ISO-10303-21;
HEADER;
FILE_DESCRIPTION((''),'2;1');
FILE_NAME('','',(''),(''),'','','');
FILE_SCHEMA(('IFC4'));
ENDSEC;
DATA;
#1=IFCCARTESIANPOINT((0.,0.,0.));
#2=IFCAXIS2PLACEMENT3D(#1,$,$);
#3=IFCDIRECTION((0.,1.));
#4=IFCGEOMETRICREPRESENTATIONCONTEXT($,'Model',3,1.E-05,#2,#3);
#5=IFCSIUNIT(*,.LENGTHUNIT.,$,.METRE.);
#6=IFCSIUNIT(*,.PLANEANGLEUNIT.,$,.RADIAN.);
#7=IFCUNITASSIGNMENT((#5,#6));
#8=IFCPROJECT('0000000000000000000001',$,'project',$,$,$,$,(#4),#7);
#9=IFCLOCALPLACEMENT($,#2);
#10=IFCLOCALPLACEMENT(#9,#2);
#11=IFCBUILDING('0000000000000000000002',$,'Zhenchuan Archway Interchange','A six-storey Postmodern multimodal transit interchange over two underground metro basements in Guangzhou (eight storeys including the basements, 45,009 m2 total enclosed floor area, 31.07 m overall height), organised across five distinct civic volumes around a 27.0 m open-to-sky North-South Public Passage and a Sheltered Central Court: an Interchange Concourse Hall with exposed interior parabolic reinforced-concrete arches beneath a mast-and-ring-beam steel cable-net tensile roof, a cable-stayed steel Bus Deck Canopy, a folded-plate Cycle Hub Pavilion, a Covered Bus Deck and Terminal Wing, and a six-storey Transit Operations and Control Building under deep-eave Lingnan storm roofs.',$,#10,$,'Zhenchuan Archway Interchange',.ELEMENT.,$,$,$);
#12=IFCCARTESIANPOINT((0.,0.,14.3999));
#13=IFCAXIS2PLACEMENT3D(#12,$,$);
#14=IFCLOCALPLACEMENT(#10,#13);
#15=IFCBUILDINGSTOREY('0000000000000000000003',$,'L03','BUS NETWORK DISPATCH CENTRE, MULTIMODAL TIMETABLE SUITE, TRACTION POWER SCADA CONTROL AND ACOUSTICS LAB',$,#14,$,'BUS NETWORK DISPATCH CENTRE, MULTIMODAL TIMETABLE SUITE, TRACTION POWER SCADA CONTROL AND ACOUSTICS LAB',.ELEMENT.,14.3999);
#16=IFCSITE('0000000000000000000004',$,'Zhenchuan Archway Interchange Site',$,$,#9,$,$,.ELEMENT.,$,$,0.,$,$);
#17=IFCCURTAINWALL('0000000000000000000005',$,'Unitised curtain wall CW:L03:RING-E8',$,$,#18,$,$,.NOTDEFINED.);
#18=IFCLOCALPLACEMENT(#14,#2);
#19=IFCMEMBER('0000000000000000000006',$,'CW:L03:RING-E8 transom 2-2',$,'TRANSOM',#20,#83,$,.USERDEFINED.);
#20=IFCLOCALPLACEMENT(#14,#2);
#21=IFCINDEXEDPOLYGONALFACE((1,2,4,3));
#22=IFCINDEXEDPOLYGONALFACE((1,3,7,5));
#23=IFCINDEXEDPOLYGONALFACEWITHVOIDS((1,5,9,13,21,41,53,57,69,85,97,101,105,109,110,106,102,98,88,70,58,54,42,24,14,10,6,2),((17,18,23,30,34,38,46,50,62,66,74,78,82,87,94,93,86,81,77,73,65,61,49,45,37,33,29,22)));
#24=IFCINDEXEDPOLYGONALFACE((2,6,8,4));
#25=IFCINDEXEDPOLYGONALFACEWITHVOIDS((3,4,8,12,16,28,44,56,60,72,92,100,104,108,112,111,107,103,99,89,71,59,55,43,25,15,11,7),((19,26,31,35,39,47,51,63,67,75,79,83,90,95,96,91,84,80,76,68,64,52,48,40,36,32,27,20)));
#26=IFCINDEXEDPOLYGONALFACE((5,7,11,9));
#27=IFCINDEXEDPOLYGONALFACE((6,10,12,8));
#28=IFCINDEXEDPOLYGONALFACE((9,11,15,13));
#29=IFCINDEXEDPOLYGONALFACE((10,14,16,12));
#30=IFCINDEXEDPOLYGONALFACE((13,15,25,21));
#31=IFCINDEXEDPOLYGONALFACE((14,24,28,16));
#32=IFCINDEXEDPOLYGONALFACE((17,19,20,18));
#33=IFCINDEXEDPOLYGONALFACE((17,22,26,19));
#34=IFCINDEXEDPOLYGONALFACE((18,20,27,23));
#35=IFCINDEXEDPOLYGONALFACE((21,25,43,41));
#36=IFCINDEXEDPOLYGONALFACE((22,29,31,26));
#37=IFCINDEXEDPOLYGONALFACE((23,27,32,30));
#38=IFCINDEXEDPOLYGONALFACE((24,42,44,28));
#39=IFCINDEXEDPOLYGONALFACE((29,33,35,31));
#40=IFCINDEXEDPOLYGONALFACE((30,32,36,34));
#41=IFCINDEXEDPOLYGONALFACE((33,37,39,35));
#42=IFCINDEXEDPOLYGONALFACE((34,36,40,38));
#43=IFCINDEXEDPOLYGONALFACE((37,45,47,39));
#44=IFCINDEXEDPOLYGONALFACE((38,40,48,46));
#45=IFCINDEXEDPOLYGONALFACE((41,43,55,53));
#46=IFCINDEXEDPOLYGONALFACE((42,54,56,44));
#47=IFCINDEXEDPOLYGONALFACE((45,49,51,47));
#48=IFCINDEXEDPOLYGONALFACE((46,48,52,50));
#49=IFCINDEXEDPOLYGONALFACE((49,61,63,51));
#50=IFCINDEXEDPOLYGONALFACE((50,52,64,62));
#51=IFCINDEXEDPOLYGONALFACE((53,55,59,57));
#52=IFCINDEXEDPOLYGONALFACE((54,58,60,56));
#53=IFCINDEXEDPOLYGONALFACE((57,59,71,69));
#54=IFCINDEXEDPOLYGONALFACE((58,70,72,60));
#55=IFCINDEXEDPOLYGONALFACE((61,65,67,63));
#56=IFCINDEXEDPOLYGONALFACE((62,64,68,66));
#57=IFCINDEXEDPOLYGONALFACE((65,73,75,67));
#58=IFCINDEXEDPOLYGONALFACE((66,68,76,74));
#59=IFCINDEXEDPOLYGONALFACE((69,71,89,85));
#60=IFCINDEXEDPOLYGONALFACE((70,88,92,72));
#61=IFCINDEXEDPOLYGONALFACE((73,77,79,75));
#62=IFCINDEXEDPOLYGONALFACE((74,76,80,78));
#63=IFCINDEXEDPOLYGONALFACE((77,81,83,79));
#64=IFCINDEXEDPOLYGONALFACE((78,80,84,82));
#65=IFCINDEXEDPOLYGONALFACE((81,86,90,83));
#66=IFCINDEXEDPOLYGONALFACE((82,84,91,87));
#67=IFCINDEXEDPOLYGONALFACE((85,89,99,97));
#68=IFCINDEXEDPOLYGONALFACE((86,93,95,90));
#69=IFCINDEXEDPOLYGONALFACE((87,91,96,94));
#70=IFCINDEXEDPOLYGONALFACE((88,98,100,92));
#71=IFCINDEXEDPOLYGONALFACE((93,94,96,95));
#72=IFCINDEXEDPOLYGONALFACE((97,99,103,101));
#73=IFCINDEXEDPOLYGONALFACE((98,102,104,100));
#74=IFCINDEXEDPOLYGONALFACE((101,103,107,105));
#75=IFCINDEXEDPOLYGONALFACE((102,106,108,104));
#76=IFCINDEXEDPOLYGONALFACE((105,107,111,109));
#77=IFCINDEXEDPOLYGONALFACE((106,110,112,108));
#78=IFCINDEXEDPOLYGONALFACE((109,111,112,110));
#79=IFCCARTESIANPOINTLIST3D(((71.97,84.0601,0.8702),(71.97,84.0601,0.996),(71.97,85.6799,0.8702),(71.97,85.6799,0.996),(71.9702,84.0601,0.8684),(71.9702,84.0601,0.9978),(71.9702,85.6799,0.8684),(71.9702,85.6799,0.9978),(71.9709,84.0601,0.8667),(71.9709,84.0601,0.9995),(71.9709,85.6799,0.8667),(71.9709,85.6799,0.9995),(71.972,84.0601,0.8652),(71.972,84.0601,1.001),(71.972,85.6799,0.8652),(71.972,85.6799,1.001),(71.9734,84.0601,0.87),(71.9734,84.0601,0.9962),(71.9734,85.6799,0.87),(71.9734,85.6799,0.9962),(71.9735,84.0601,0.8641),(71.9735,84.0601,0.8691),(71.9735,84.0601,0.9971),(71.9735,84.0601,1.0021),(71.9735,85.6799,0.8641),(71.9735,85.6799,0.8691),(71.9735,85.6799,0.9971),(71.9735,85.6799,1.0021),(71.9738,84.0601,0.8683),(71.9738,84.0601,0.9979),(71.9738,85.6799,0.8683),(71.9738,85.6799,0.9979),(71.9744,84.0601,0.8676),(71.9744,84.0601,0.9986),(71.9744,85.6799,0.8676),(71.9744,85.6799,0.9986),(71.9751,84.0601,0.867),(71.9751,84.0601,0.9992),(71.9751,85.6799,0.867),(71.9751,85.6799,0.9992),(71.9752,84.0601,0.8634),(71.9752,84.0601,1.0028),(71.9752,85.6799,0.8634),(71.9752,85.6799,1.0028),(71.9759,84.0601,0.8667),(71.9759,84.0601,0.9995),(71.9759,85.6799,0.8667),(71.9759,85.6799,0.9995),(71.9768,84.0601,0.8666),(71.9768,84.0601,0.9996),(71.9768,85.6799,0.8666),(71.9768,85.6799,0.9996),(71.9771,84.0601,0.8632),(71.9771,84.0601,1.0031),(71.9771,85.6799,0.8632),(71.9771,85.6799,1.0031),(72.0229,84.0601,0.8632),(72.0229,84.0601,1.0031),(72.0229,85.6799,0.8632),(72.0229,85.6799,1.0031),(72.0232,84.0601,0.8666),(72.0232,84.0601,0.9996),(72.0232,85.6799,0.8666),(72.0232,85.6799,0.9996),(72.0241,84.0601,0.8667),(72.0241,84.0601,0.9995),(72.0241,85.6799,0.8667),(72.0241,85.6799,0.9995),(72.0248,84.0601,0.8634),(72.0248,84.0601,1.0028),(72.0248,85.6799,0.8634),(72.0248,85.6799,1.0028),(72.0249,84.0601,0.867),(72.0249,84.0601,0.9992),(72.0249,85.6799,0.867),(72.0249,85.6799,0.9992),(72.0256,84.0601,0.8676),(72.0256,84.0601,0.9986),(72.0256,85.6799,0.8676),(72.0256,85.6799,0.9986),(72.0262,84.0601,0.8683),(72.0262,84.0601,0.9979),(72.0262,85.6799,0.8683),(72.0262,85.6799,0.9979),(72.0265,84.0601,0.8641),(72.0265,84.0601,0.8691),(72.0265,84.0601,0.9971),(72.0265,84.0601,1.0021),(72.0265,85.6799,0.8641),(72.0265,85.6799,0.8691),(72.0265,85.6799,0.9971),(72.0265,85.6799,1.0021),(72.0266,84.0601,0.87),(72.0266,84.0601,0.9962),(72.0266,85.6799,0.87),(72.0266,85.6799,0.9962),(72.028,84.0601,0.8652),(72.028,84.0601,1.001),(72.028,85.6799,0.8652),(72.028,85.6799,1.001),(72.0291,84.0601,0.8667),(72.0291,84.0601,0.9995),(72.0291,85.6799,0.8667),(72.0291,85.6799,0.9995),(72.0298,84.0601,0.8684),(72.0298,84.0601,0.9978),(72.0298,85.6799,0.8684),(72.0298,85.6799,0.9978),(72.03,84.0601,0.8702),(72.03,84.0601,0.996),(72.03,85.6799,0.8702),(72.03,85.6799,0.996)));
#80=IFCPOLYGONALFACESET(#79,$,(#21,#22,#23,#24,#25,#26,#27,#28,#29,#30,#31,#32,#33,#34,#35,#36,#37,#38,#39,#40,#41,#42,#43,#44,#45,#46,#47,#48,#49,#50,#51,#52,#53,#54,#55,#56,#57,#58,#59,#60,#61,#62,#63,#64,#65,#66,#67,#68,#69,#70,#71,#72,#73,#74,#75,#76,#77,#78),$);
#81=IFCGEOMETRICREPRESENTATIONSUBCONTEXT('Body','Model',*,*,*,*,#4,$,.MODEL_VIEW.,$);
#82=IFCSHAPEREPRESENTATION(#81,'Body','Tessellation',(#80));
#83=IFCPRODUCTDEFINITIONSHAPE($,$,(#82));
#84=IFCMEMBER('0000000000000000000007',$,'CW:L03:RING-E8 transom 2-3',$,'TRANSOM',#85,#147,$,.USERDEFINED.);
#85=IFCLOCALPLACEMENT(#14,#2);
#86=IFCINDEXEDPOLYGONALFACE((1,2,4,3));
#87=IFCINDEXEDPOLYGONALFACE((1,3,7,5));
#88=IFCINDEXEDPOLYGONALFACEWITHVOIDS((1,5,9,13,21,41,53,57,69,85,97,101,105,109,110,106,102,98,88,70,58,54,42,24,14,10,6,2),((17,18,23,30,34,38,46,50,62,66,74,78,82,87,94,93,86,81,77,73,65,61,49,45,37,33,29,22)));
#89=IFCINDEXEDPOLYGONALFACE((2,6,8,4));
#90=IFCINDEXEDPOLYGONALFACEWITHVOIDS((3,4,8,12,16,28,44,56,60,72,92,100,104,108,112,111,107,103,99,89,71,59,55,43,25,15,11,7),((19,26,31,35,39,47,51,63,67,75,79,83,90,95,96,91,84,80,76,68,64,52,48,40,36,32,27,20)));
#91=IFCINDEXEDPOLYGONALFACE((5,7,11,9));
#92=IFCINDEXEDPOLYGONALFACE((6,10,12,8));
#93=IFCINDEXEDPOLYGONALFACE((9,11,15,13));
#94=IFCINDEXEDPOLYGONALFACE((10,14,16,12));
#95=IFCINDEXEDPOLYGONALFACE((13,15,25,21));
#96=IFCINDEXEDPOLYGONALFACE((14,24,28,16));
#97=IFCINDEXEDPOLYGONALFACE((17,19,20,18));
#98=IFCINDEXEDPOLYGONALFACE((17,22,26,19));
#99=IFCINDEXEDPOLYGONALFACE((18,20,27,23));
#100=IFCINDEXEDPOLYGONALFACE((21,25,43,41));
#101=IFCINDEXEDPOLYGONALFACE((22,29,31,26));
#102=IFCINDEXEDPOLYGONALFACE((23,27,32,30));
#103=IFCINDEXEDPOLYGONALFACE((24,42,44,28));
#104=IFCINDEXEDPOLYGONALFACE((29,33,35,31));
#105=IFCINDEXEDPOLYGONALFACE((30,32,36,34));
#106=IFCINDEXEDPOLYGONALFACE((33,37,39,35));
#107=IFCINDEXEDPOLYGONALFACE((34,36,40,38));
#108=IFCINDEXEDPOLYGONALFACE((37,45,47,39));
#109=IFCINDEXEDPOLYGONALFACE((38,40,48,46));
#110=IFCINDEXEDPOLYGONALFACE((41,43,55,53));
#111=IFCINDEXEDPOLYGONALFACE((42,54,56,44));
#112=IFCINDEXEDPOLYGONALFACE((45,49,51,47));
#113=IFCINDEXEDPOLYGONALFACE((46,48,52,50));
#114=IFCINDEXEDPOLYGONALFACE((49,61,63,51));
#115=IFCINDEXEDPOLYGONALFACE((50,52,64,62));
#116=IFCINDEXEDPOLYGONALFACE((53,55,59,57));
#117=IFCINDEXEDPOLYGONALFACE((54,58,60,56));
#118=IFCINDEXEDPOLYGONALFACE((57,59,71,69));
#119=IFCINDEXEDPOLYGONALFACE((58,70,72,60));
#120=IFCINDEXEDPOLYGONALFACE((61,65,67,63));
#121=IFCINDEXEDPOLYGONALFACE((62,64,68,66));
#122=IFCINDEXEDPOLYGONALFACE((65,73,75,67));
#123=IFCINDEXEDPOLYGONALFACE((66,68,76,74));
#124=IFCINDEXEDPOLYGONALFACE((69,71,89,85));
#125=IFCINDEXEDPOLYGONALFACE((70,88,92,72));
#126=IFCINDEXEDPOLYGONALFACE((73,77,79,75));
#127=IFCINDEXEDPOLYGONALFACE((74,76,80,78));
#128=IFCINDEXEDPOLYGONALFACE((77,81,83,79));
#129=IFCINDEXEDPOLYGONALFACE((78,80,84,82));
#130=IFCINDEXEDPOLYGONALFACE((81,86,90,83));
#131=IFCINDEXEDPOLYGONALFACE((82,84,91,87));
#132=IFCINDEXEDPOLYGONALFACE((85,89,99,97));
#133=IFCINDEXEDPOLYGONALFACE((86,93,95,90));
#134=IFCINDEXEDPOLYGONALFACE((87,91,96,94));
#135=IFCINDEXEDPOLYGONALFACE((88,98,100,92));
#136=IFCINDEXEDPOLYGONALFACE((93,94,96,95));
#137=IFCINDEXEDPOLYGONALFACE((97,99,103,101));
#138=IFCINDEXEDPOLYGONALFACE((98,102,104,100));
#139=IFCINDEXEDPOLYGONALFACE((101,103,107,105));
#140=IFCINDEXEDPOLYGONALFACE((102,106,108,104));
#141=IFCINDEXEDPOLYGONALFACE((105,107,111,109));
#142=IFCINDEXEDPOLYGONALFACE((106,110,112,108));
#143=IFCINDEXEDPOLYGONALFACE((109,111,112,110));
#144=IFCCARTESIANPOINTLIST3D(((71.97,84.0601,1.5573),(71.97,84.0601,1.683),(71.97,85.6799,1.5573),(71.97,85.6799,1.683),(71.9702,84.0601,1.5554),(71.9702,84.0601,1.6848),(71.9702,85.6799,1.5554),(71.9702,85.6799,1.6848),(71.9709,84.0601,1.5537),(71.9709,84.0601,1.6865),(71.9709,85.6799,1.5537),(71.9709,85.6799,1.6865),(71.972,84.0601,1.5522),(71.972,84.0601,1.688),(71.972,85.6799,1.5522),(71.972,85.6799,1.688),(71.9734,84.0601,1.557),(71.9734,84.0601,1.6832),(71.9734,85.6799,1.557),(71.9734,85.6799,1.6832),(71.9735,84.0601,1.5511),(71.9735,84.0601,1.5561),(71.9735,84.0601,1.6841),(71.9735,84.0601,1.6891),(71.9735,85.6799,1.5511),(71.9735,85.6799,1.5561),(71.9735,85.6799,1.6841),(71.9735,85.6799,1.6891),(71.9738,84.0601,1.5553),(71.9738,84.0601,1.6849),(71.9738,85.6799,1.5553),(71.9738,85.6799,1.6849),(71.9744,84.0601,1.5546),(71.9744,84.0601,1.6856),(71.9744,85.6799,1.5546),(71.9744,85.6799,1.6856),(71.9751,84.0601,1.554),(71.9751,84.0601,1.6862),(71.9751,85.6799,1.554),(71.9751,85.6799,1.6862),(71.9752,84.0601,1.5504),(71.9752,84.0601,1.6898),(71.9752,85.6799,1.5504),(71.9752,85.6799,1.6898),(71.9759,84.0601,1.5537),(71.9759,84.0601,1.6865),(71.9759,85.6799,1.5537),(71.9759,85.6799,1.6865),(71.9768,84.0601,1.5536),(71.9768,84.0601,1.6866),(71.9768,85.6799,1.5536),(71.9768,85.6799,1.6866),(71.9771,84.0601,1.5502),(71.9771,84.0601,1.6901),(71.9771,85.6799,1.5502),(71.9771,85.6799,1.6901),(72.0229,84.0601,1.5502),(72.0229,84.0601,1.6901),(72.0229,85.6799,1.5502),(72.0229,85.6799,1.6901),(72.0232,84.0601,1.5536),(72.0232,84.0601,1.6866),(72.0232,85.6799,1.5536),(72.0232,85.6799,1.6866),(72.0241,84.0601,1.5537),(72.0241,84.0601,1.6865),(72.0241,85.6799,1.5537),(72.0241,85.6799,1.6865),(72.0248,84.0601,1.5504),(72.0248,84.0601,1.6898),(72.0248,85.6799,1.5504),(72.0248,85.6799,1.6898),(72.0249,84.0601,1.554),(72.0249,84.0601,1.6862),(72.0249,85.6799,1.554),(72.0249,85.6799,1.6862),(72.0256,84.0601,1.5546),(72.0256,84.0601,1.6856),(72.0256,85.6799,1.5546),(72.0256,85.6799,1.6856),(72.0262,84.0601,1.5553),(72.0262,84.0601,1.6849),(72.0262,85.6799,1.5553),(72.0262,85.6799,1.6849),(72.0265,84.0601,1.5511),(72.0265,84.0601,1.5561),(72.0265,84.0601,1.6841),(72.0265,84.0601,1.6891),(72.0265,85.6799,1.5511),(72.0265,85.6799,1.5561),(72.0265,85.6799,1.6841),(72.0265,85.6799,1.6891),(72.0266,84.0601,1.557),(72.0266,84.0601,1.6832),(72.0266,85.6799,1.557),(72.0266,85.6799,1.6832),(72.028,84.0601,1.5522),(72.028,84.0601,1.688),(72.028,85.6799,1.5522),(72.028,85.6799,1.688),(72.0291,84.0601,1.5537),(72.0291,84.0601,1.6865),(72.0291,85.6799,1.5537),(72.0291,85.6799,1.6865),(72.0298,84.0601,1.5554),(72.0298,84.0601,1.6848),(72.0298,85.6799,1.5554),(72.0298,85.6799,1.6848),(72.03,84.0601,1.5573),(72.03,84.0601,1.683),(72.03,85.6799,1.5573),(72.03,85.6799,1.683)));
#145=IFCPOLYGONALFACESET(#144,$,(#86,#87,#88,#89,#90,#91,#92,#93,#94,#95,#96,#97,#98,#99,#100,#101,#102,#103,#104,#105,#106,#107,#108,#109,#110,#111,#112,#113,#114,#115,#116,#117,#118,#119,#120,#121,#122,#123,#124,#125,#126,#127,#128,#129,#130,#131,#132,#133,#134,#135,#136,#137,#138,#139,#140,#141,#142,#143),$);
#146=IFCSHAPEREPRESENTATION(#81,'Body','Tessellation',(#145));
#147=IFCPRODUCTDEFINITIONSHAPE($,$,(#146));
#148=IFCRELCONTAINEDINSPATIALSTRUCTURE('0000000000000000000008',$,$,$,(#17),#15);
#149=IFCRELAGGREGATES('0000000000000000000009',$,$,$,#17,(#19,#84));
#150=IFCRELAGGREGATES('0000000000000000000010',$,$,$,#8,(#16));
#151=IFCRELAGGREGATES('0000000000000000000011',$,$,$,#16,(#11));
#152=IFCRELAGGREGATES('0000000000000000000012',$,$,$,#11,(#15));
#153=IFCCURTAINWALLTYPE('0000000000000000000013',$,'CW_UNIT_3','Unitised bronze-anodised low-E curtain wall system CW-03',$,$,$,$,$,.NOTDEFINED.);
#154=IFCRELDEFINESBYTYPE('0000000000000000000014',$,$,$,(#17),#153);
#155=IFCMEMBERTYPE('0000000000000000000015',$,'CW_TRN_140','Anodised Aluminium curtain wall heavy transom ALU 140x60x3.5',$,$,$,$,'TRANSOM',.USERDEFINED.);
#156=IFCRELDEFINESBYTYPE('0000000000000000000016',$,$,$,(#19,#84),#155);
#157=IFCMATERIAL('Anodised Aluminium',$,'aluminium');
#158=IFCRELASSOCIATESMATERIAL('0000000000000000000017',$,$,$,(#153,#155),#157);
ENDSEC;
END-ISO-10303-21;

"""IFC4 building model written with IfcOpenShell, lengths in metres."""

from ifc_helpers import new_model, si_unit, direction, frame, origin, origin_2d, place, context, subcontext, project, spatial, hollow_rectangle, extrude, material, material_profile, profile_set, type_object, element, aggregate, save


model = new_model("IFC4")

# Units and contexts
model_context = context("Model", 3, precision=1e-05, world=origin(), true_north=direction((0.0, 1.0)))
body_context = subcontext(model_context, "Body", "Model", "MODEL_VIEW")
ifc_project = project(units=[si_unit("LENGTHUNIT", "METRE"), si_unit("PLANEANGLEUNIT", "RADIAN")], contexts=[model_context])

# Site, building, storey
site_placement = place(None, origin())
site = spatial("IfcSite", under=ifc_project, at=site_placement, Name="Zhenchuan Archway Interchange Site", CompositionType="ELEMENT", RefElevation=0.0)
building_placement = place(site_placement, origin())
building = spatial("IfcBuilding", under=site, at=building_placement, Name="Zhenchuan Archway Interchange", Description="A six-storey Postmodern multimodal transit interchange over two underground metro basements in Guangzhou (eight storeys including the basements, 45,009 m2 total enclosed floor area, 31.07 m overall height), organised across five distinct civic volumes around a 27.0 m open-to-sky North-South Public Passage and a Sheltered Central Court: an Interchange Concourse Hall with exposed interior parabolic reinforced-concrete arches beneath a mast-and-ring-beam steel cable-net tensile roof, a cable-stayed steel Bus Deck Canopy, a folded-plate Cycle Hub Pavilion, a Covered Bus Deck and Terminal Wing, and a six-storey Transit Operations and Control Building under deep-eave Lingnan storm roofs.", LongName="Zhenchuan Archway Interchange", CompositionType="ELEMENT")
storey_placement = place(building_placement, frame((0.0, 0.0, 14.3999)))
storey = spatial("IfcBuildingStorey", under=building, at=storey_placement, Name="L03", Description="BUS NETWORK DISPATCH CENTRE, MULTIMODAL TIMETABLE SUITE, TRACTION POWER SCADA CONTROL AND ACOUSTICS LAB", LongName="BUS NETWORK DISPATCH CENTRE, MULTIMODAL TIMETABLE SUITE, TRACTION POWER SCADA CONTROL AND ACOUSTICS LAB", CompositionType="ELEMENT", Elevation=14.3999)

# Shared definitions
ifc_material_1 = material(Name="Anodised Aluminium", Category="aluminium")
curtain_wall_type = type_object("IfcCurtainWallType", Name="CW_UNIT_3", Description="Unitised bronze-anodised low-E curtain wall system CW-03", PredefinedType="NOTDEFINED", material=ifc_material_1)

# Curtain wall
curtain_wall_1_placement = place(storey_placement, origin())
curtain_wall_1 = element("IfcCurtainWall", 1, at=curtain_wall_1_placement, inside=storey, type_object=curtain_wall_type, Name="Unitised curtain wall CW:L03:RING-E8", PredefinedType="NOTDEFINED")

# Members
ifc_material_profile_1 = material_profile(ifc_material_1, hollow_rectangle(XDim=0.0601, YDim=0.1399, WallThickness=0.0034, InnerFilletRadius=0.0034, OuterFilletRadius=0.0071, at=origin_2d()), Name="ALU 140x60x3.5")
ifc_profile_set_1 = profile_set([ifc_material_profile_1], Name="Anodised Aluminium")
member_type_1 = type_object("IfcMemberType", Name="CW_TRN_140", Description="Anodised Aluminium curtain wall heavy transom ALU 140x60x3.5", ElementType="TRANSOM", PredefinedType="USERDEFINED", material=ifc_profile_set_1)
member_1_placement = place(storey_placement, frame((72.0, 84.0601, 0.9331), z_axis=(0.0, 1.0, 0.0), x_axis=(-1.0, 0.0, 0.0)))
member_1 = element("IfcMember", 2, at=member_1_placement, type_object=member_type_1, Name="CW:L03:RING-E8 transom 2-2", ObjectType="TRANSOM", PredefinedType="USERDEFINED", context=body_context, shape_type="SweptSolid", body=[
    extrude(hollow_rectangle(XDim=0.0601, YDim=0.1399, WallThickness=0.0034, InnerFilletRadius=0.0034, OuterFilletRadius=0.0071, at=origin_2d()), origin(), (0.0, 0.0, 1.0), 1.6199),
])
member_2_placement = place(storey_placement, frame((72.0, 84.0601, 1.6201), z_axis=(0.0, 1.0, 0.0), x_axis=(-1.0, 0.0, 0.0)))
member_2 = element("IfcMember", 3, at=member_2_placement, type_object=member_type_1, Name="CW:L03:RING-E8 transom 2-3", ObjectType="TRANSOM", PredefinedType="USERDEFINED", context=body_context, shape_type="SweptSolid", body=[
    extrude(hollow_rectangle(XDim=0.0601, YDim=0.1399, WallThickness=0.0034, InnerFilletRadius=0.0034, OuterFilletRadius=0.0071, at=origin_2d()), origin(), (0.0, 0.0, 1.0), 1.6199),
])

aggregate(curtain_wall_1, [member_1, member_2])

save(model, "model.ifc")
